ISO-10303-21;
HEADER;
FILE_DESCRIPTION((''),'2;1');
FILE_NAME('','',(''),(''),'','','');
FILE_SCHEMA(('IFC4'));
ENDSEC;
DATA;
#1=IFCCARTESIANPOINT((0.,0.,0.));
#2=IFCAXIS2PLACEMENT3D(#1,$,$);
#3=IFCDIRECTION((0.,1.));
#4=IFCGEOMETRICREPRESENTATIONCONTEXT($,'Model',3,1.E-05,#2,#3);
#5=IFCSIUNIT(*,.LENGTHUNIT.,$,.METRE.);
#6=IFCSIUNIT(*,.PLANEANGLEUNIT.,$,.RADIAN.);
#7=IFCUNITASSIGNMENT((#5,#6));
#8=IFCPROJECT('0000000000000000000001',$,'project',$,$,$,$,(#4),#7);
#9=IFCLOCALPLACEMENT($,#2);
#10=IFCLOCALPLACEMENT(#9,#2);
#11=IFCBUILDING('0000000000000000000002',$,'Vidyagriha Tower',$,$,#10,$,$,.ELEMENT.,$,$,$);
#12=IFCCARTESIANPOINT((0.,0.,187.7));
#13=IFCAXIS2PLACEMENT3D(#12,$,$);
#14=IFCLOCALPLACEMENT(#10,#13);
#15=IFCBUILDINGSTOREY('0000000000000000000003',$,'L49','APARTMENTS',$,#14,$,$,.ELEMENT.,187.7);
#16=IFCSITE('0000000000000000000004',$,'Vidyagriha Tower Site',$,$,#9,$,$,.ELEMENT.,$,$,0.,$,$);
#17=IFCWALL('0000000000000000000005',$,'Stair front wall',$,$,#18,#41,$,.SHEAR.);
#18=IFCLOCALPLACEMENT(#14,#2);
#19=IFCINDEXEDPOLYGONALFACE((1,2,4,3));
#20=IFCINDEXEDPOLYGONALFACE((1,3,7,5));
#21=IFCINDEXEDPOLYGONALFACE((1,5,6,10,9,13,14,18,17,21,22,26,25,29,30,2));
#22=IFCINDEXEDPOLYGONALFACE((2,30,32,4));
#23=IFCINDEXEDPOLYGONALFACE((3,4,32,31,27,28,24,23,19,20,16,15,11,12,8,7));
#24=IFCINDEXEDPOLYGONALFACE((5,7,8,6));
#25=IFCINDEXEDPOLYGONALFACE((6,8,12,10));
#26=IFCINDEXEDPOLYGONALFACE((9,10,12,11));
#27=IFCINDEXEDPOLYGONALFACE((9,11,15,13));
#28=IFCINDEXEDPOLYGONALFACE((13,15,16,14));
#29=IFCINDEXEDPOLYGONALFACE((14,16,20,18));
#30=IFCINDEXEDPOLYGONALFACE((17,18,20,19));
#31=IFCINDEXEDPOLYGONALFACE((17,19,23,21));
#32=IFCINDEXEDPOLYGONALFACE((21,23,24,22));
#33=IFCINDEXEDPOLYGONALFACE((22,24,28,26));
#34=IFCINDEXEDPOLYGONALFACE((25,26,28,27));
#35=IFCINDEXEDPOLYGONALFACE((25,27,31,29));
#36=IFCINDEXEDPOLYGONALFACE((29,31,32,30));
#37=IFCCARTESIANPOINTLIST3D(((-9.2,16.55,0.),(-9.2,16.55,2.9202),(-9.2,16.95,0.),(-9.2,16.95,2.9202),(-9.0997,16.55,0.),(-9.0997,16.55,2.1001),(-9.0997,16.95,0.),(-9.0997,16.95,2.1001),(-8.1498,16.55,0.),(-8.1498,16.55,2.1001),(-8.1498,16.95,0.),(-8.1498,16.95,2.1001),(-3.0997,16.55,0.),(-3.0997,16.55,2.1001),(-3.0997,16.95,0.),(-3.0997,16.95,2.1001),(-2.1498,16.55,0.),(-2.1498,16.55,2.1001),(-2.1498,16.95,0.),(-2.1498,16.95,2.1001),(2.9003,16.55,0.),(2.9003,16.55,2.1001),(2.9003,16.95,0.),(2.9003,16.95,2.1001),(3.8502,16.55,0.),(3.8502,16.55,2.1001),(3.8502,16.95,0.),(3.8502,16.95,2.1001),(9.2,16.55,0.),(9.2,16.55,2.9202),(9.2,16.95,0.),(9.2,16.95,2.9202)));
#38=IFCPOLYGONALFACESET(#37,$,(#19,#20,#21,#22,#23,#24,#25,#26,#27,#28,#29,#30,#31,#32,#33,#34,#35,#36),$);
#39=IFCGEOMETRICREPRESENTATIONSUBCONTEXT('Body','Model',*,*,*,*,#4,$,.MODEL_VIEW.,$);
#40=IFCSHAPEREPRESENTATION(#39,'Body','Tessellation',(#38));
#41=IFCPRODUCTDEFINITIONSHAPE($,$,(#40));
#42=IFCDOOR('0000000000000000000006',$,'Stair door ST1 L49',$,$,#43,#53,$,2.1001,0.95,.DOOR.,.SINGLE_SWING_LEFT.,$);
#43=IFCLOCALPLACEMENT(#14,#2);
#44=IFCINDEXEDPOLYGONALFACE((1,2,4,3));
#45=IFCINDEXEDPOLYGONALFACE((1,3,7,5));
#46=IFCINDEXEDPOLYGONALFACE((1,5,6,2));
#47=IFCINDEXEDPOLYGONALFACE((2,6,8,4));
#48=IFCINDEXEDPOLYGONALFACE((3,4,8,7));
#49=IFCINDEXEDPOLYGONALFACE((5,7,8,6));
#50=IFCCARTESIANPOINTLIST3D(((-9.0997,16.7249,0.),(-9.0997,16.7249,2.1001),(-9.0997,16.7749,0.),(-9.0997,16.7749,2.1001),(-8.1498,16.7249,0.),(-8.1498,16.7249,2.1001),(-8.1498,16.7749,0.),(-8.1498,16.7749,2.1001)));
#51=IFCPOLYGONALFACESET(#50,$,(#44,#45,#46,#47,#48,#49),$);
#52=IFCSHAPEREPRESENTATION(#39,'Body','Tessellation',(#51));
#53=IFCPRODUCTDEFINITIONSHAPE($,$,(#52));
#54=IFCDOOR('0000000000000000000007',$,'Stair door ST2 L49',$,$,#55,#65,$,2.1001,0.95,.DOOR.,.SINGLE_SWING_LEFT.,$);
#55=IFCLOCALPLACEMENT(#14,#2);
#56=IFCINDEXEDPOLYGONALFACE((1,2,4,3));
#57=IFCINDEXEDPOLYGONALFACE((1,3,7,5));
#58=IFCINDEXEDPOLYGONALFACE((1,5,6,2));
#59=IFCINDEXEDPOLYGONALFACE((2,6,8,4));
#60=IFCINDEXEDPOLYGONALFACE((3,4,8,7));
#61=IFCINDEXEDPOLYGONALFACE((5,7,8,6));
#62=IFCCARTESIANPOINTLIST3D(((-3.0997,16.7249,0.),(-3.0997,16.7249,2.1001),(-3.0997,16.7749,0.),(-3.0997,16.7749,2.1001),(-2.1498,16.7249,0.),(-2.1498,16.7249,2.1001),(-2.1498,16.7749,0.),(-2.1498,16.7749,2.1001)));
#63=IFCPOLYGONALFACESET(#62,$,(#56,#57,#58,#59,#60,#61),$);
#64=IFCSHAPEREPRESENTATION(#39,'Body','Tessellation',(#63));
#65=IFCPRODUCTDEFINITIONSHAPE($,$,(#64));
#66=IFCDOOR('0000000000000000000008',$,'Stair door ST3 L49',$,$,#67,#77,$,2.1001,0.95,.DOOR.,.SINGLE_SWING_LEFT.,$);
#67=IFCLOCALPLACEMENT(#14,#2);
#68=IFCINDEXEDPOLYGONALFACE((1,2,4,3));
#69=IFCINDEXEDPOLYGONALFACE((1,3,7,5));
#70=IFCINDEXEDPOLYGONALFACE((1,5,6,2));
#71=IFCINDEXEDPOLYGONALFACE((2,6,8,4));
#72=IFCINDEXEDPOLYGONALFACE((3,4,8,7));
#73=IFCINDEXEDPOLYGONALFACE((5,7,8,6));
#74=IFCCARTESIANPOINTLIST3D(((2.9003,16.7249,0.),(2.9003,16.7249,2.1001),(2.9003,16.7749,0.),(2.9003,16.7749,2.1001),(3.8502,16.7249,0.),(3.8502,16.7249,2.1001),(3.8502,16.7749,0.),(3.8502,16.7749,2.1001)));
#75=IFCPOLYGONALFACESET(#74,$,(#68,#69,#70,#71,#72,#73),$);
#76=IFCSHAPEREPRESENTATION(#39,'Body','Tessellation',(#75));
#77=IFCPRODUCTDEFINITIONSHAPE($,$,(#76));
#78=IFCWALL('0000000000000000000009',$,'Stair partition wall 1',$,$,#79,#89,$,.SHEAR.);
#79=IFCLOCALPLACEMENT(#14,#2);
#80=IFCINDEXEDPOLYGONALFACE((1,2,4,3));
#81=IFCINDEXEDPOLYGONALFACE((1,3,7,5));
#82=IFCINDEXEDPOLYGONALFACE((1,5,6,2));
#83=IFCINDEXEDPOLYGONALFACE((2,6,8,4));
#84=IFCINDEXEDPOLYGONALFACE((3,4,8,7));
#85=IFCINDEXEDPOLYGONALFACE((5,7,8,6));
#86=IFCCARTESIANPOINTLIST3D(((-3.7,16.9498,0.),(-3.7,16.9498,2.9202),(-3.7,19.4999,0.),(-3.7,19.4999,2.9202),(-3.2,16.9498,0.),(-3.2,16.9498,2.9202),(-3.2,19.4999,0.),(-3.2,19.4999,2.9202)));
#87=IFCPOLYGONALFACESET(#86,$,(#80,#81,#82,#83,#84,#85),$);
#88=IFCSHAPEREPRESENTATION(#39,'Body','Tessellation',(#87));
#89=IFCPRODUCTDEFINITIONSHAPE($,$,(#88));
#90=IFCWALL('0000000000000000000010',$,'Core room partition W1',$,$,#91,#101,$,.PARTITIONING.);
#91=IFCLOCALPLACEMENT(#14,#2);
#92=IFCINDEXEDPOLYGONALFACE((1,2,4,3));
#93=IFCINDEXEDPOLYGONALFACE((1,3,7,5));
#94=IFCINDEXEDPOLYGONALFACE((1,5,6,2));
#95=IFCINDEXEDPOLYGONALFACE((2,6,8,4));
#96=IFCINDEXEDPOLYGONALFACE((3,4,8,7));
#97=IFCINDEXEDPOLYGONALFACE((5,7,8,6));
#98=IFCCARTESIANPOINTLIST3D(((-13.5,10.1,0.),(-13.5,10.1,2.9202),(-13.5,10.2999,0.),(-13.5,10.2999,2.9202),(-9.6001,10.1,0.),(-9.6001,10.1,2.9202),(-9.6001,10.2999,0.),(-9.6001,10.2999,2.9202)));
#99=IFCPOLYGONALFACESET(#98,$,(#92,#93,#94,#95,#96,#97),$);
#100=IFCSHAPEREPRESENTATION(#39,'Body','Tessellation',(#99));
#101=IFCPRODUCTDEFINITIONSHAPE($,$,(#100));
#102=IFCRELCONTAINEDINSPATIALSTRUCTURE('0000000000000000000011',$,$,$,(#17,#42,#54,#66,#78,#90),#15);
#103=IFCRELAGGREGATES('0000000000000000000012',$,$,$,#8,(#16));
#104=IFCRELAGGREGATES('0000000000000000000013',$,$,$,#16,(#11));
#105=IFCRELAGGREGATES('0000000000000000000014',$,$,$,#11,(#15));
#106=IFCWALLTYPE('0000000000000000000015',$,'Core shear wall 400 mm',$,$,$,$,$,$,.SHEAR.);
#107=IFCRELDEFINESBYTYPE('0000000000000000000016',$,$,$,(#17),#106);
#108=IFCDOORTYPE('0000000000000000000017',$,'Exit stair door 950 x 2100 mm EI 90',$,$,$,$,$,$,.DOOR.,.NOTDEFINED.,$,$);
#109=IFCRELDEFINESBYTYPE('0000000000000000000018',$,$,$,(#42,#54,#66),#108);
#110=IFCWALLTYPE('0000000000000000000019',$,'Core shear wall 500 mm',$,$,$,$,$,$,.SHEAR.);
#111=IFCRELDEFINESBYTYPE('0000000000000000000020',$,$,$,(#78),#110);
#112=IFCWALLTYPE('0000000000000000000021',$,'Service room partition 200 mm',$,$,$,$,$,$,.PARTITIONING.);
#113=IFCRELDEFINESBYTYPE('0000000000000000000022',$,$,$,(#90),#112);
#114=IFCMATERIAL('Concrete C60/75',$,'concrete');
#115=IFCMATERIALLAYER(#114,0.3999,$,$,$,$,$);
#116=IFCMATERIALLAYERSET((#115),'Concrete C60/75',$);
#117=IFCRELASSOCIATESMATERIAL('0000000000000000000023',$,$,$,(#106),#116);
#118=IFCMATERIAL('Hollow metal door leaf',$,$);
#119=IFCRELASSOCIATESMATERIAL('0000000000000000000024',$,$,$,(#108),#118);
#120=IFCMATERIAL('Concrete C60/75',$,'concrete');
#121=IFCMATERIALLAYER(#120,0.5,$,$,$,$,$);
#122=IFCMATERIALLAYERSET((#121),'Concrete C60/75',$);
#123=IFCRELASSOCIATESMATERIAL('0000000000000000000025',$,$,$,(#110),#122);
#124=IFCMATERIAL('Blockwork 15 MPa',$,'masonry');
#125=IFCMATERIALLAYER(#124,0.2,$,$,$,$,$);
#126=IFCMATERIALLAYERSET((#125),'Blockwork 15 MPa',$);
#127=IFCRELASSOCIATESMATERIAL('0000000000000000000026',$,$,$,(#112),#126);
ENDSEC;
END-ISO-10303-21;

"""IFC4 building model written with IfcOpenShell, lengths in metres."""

from ifc_helpers import new_model, si_unit, direction, frame, frame_2d, origin, place, context, subcontext, project, spatial, rectangle, extrude, material, layer, layer_set, type_object, element, fill, save


model = new_model("IFC4")

# Units and contexts
model_context = context("Model", 3, precision=1e-05, world=origin(), true_north=direction((0.0, 1.0)))
body_context = subcontext(model_context, "Body", "Model", "MODEL_VIEW")
ifc_project = project(units=[si_unit("LENGTHUNIT", "METRE"), si_unit("PLANEANGLEUNIT", "RADIAN")], contexts=[model_context])

# Site, building, storey
site_placement = place(None, origin())
site = spatial("IfcSite", under=ifc_project, at=site_placement, Name="Vidyagriha Tower Site", CompositionType="ELEMENT", RefElevation=0.0)
building_placement = place(site_placement, origin())
building = spatial("IfcBuilding", under=site, at=building_placement, Name="Vidyagriha Tower", CompositionType="ELEMENT")
storey_placement = place(building_placement, frame((0.0, 0.0, 187.7)))
storey = spatial("IfcBuildingStorey", under=building, at=storey_placement, Name="L49", Description="APARTMENTS", CompositionType="ELEMENT", Elevation=187.7)

# Shared definitions
ifc_material_1 = material(Name="Concrete C60/75", Category="concrete")
ifc_layer_1 = layer(ifc_material_1, 0.3999)
ifc_layer_set_1 = layer_set([ifc_layer_1], Name="Concrete C60/75")
wall_type_1 = type_object("IfcWallType", Name="Core shear wall 400 mm", PredefinedType="SHEAR", material=ifc_layer_set_1)

# Wall, openings, doors
wall_1_placement = place(storey_placement, frame((-9.2, 16.75, 0.0)))
wall_1 = element("IfcWall", 1, at=wall_1_placement, inside=storey, type_object=wall_type_1, Name="Stair front wall", PredefinedType="SHEAR", context=body_context, shape_type="SweptSolid", body=[
    extrude(rectangle(XDim=18.3999, YDim=0.3999, at=frame_2d((9.2, 0.0))), origin(), (0.0, 0.0, 1.0), 2.9202),
])
opening_1_placement = place(wall_1_placement, frame((0.1001, 0.0, 0.0)))
opening_1 = element("IfcOpeningElement", 2, at=opening_1_placement, cuts=wall_1, PredefinedType="OPENING", context=body_context, shape_type="SweptSolid", body=[
    extrude(rectangle(XDim=0.95, YDim=2.1001, at=frame_2d((0.4751, 1.05))), frame((0.0, 0.21, 0.0), z_axis=(0.0, -1.0, 0.0), x_axis=(1.0, 0.0, 0.0)), (0.0, 0.0, 1.0), 0.4199),
])
opening_2_placement = place(wall_1_placement, frame((6.1001, 0.0, 0.0)))
opening_2 = element("IfcOpeningElement", 3, at=opening_2_placement, cuts=wall_1, PredefinedType="OPENING", context=body_context, shape_type="SweptSolid", body=[
    extrude(rectangle(XDim=0.95, YDim=2.1001, at=frame_2d((0.4751, 1.05))), frame((0.0, 0.21, 0.0), z_axis=(0.0, -1.0, 0.0), x_axis=(1.0, 0.0, 0.0)), (0.0, 0.0, 1.0), 0.4199),
])
opening_3_placement = place(wall_1_placement, frame((12.1001, 0.0, 0.0)))
opening_3 = element("IfcOpeningElement", 4, at=opening_3_placement, cuts=wall_1, PredefinedType="OPENING", context=body_context, shape_type="SweptSolid", body=[
    extrude(rectangle(XDim=0.95, YDim=2.1001, at=frame_2d((0.4751, 1.05))), frame((0.0, 0.21, 0.0), z_axis=(0.0, -1.0, 0.0), x_axis=(1.0, 0.0, 0.0)), (0.0, 0.0, 1.0), 0.4199),
])
ifc_material_2 = material(Name="Hollow metal door leaf")
door_type_1 = type_object("IfcDoorType", Name="Exit stair door 950 x 2100 mm EI 90", OperationType="NOTDEFINED", PredefinedType="DOOR", material=ifc_material_2)
door_1_placement = place(opening_1_placement, origin())
door_1 = element("IfcDoor", 5, at=door_1_placement, inside=storey, type_object=door_type_1, Name="Stair door ST1 L49", OperationType="SINGLE_SWING_LEFT", OverallHeight=2.1001, OverallWidth=0.95, PredefinedType="DOOR", context=body_context, shape_type="SweptSolid", body=[
    extrude(rectangle(XDim=0.95, YDim=2.1001, at=frame_2d((0.4751, 1.05))), frame((0.0, 0.0249, 0.0), z_axis=(0.0, -1.0, 0.0), x_axis=(1.0, 0.0, 0.0)), (0.0, 0.0, 1.0), 0.05),
])
fill(opening_1, door_1)
door_2_placement = place(opening_2_placement, origin())
door_2 = element("IfcDoor", 6, at=door_2_placement, inside=storey, type_object=door_type_1, Name="Stair door ST2 L49", OperationType="SINGLE_SWING_LEFT", OverallHeight=2.1001, OverallWidth=0.95, PredefinedType="DOOR", context=body_context, shape_type="SweptSolid", body=[
    extrude(rectangle(XDim=0.95, YDim=2.1001, at=frame_2d((0.4751, 1.05))), frame((0.0, 0.0249, 0.0), z_axis=(0.0, -1.0, 0.0), x_axis=(1.0, 0.0, 0.0)), (0.0, 0.0, 1.0), 0.05),
])
fill(opening_2, door_2)
door_3_placement = place(opening_3_placement, origin())
door_3 = element("IfcDoor", 7, at=door_3_placement, inside=storey, type_object=door_type_1, Name="Stair door ST3 L49", OperationType="SINGLE_SWING_LEFT", OverallHeight=2.1001, OverallWidth=0.95, PredefinedType="DOOR", context=body_context, shape_type="SweptSolid", body=[
    extrude(rectangle(XDim=0.95, YDim=2.1001, at=frame_2d((0.4751, 1.05))), frame((0.0, 0.0249, 0.0), z_axis=(0.0, -1.0, 0.0), x_axis=(1.0, 0.0, 0.0)), (0.0, 0.0, 1.0), 0.05),
])
fill(opening_3, door_3)

# Walls
ifc_material_3 = material(Name="Concrete C60/75", Category="concrete")
ifc_layer_2 = layer(ifc_material_3, 0.5)
ifc_layer_set_2 = layer_set([ifc_layer_2], Name="Concrete C60/75")
wall_type_2 = type_object("IfcWallType", Name="Core shear wall 500 mm", PredefinedType="SHEAR", material=ifc_layer_set_2)
wall_2_placement = place(storey_placement, frame((-3.45, 16.95, 0.0), z_axis=(0.0, 0.0, 1.0), x_axis=(0.0, 1.0, 0.0)))
element("IfcWall", 8, at=wall_2_placement, inside=storey, type_object=wall_type_2, Name="Stair partition wall 1", PredefinedType="SHEAR", context=body_context, shape_type="SweptSolid", body=[
    extrude(rectangle(XDim=2.55, YDim=0.5, at=frame_2d((1.2749, 0.0))), origin(), (0.0, 0.0, 1.0), 2.9202),
])
ifc_material_4 = material(Name="Blockwork 15 MPa", Category="masonry")
ifc_layer_3 = layer(ifc_material_4, 0.2)
ifc_layer_set_3 = layer_set([ifc_layer_3], Name="Blockwork 15 MPa")
wall_type_3 = type_object("IfcWallType", Name="Service room partition 200 mm", PredefinedType="PARTITIONING", material=ifc_layer_set_3)
wall_3_placement = place(storey_placement, frame((-13.5, 10.2, 0.0)))
element("IfcWall", 9, at=wall_3_placement, inside=storey, type_object=wall_type_3, Name="Core room partition W1", PredefinedType="PARTITIONING", context=body_context, shape_type="SweptSolid", body=[
    extrude(rectangle(XDim=3.8999, YDim=0.2, at=frame_2d((1.95, 0.0))), origin(), (0.0, 0.0, 1.0), 2.9202),
])

save(model, "model.ifc")
